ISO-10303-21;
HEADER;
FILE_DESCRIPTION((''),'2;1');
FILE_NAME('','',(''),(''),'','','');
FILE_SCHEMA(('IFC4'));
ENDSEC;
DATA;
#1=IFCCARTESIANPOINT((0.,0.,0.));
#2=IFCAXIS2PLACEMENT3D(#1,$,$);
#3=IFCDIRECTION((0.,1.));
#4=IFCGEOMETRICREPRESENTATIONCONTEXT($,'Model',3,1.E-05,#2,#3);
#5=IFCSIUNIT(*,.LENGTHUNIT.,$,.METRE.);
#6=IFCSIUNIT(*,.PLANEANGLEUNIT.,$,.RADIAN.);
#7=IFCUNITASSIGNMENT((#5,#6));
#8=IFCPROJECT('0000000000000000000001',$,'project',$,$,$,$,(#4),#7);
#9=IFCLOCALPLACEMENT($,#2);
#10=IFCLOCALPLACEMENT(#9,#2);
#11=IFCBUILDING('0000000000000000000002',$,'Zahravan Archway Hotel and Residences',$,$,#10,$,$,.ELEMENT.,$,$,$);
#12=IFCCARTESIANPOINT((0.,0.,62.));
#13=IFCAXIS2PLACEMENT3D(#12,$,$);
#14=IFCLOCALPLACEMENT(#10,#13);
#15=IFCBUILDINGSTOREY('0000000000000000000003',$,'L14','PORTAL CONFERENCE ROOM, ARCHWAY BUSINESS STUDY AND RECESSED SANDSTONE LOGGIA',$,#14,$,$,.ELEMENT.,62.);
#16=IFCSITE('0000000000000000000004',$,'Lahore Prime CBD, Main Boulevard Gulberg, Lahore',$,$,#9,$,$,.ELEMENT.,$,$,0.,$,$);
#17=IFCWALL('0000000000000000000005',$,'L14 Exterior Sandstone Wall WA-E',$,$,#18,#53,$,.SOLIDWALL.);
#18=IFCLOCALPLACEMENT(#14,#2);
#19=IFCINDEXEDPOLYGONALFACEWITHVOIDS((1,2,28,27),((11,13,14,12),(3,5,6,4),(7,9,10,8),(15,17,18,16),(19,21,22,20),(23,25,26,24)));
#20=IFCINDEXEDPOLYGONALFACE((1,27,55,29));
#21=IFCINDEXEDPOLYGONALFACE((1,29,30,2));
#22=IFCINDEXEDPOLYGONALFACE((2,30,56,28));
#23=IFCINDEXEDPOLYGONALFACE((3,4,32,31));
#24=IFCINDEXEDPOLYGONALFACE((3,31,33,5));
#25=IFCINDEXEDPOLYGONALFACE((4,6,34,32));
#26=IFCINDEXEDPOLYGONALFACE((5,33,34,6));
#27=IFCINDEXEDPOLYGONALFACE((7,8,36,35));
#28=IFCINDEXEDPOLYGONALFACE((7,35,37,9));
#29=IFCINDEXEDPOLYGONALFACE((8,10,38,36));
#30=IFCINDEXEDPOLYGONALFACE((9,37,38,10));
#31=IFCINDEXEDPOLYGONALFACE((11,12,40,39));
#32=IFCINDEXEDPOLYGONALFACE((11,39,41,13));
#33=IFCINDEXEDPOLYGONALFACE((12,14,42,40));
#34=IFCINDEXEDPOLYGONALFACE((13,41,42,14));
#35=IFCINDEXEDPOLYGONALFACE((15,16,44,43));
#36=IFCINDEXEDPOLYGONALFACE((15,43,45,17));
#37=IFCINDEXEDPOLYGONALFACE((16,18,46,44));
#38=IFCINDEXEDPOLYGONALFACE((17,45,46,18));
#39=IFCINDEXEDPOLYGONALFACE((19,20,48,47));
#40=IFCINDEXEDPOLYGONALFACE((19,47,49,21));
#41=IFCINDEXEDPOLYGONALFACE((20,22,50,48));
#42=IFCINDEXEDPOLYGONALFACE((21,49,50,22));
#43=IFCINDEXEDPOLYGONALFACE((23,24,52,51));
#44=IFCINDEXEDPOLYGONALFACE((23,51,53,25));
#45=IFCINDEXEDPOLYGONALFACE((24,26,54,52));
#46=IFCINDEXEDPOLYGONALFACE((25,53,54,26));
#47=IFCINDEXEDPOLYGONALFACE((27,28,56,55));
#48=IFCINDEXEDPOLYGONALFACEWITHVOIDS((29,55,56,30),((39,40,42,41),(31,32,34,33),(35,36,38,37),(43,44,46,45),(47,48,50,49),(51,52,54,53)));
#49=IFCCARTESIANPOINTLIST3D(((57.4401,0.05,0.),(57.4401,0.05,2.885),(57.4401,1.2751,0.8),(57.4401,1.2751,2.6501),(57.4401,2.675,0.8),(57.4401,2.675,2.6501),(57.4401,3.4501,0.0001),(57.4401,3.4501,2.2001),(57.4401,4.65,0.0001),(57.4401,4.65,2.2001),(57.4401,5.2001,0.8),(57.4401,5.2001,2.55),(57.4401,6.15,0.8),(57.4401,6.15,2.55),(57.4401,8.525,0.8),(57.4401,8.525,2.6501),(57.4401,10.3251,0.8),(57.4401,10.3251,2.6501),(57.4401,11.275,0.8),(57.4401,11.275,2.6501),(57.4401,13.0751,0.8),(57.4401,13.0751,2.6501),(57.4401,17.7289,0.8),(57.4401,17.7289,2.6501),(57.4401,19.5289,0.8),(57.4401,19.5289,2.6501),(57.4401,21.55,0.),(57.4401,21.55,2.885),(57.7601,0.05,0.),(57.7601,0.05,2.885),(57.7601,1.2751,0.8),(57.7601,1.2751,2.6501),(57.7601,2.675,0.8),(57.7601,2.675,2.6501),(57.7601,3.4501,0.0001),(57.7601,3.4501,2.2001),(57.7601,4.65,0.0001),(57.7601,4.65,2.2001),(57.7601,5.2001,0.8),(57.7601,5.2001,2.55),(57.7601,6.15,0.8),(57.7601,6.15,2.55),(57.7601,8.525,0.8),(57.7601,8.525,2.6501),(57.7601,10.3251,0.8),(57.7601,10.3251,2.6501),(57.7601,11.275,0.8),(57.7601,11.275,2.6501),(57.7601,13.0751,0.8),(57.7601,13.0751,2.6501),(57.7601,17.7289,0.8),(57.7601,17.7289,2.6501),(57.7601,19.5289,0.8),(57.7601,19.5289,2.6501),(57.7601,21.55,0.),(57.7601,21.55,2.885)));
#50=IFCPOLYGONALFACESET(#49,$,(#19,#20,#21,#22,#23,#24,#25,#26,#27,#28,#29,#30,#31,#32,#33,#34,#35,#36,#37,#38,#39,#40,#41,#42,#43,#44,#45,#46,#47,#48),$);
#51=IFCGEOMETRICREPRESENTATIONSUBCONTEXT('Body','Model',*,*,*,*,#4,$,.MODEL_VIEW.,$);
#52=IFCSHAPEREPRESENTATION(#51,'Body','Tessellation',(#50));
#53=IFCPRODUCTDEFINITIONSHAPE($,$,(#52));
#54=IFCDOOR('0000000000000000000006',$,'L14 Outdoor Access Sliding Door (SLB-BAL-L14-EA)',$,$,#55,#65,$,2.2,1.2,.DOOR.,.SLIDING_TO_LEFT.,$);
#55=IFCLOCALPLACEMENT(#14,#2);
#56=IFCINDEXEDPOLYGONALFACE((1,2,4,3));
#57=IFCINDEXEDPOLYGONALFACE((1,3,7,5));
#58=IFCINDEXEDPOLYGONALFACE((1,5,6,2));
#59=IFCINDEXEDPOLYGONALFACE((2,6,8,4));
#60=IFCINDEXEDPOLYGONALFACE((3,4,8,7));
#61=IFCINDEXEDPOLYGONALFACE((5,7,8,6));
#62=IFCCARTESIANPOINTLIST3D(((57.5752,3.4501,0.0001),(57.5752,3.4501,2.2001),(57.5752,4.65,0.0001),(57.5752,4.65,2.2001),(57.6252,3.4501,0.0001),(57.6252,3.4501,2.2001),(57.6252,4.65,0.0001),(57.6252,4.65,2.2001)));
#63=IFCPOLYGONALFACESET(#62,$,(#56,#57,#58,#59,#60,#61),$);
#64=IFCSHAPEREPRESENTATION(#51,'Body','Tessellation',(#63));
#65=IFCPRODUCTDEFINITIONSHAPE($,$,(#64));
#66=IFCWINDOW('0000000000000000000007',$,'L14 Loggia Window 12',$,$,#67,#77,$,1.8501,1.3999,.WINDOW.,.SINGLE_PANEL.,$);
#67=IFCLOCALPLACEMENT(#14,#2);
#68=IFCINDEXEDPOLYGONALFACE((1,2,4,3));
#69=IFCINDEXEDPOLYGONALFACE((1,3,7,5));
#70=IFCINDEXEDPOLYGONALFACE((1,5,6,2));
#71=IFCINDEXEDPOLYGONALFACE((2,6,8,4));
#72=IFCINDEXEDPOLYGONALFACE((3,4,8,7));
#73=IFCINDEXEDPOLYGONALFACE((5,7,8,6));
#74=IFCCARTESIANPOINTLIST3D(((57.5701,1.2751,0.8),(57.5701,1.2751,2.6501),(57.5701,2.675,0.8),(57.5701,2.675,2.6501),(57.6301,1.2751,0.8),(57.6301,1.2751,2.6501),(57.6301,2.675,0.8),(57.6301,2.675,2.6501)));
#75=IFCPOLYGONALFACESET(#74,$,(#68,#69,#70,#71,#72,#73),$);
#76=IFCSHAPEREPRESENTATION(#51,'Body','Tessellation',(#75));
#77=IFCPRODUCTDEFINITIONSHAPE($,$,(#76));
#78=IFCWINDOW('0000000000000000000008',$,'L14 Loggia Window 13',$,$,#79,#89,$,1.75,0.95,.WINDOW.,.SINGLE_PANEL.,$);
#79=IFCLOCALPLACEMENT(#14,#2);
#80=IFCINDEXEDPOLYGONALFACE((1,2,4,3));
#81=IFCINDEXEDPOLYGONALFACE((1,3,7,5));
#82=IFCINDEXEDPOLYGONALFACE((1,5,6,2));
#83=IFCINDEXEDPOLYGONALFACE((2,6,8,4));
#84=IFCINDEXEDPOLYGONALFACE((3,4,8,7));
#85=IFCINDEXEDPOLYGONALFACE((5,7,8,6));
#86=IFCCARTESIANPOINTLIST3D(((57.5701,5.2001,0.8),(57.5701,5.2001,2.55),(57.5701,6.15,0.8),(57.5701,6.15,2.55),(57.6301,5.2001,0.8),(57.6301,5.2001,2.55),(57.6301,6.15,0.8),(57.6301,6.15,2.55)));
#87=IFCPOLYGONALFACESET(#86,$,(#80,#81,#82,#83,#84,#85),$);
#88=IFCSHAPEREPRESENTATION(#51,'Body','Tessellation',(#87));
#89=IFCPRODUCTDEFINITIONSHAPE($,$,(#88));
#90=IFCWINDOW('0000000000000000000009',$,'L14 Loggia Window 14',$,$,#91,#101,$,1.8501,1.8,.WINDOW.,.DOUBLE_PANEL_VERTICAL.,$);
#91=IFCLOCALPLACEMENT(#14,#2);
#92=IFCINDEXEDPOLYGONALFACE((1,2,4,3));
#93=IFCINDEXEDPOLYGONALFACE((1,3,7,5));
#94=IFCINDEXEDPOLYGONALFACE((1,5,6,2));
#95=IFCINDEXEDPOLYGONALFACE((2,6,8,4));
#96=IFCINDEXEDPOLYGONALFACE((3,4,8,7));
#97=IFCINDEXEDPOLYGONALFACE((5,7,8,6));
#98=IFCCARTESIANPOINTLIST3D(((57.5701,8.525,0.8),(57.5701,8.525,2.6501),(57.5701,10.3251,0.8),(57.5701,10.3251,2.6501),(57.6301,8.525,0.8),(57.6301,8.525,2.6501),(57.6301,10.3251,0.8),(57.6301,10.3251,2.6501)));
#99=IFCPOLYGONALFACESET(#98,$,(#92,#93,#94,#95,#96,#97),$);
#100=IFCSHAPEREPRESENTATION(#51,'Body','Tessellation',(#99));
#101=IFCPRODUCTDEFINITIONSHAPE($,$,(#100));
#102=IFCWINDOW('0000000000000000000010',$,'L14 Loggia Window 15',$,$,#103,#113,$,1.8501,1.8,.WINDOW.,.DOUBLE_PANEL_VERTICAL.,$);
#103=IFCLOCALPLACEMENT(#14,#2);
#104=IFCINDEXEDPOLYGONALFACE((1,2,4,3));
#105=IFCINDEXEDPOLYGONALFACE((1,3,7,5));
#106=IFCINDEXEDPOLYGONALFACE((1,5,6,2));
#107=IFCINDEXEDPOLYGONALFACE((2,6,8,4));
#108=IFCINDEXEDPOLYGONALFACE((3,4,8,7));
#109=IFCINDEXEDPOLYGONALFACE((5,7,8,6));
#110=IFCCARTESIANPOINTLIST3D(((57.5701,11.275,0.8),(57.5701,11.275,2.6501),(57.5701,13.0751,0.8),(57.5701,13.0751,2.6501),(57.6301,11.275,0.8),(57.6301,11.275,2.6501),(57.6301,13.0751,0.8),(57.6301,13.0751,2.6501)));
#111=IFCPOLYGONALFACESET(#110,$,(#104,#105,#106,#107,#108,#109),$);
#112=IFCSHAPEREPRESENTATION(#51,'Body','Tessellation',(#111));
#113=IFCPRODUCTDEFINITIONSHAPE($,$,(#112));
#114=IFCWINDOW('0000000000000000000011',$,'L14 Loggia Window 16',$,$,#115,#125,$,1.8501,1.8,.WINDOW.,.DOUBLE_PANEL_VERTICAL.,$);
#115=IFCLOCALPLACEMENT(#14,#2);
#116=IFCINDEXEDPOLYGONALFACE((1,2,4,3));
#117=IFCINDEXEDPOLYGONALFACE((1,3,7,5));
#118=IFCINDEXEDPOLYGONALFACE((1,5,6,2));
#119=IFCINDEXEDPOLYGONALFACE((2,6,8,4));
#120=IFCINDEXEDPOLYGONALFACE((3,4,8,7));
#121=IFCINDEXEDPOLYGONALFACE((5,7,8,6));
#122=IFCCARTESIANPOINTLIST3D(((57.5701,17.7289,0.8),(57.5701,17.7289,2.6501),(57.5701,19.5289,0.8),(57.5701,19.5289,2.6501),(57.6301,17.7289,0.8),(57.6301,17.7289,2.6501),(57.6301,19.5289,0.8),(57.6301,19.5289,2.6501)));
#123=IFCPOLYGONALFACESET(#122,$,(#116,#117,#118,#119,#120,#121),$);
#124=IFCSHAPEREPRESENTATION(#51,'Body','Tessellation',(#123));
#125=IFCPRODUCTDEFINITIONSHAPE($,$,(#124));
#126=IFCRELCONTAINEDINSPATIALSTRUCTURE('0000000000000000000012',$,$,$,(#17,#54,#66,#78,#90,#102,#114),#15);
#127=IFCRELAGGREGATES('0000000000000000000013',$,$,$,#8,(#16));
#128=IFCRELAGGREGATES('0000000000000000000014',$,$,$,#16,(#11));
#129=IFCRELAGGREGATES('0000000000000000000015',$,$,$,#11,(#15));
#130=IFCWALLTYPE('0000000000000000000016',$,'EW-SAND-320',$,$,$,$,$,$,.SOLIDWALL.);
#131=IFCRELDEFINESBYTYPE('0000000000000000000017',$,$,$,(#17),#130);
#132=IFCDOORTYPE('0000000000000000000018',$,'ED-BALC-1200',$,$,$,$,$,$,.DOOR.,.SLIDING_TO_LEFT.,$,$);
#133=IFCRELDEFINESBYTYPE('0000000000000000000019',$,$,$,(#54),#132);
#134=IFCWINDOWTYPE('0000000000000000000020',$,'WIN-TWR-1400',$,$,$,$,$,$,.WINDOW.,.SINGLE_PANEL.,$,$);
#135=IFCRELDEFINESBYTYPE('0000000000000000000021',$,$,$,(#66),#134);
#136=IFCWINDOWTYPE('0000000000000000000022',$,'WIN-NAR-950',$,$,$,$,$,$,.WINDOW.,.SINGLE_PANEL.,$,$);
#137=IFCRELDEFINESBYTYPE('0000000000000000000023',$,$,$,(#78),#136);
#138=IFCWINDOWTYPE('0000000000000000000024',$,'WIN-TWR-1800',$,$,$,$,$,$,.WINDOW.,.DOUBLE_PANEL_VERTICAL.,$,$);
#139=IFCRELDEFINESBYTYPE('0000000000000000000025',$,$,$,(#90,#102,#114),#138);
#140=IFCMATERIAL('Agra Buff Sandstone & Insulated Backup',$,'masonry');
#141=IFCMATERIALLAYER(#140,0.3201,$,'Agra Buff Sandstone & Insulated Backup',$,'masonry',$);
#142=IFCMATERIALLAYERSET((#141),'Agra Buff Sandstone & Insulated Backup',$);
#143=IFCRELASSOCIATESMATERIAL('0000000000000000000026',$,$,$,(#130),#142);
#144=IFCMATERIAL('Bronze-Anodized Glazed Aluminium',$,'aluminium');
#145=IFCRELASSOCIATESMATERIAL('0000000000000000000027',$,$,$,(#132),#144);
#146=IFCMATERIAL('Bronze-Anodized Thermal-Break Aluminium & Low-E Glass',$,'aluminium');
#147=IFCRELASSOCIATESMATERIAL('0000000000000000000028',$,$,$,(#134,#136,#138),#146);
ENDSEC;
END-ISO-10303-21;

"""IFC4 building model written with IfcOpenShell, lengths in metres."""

from ifc_helpers import new_model, si_unit, direction, frame, frame_2d, origin, place, context, subcontext, project, spatial, rectangle, extrude, source, transform, mapped, material, layer, layer_set, type_object, type_shapes, element, fill, save


model = new_model("IFC4")

# Units and contexts
model_context = context("Model", 3, precision=1e-05, world=origin(), true_north=direction((0.0, 1.0)))
body_context = subcontext(model_context, "Body", "Model", "MODEL_VIEW")
ifc_project = project(units=[si_unit("LENGTHUNIT", "METRE"), si_unit("PLANEANGLEUNIT", "RADIAN")], contexts=[model_context])

# Site, building, storey
site_placement = place(None, origin())
site = spatial("IfcSite", under=ifc_project, at=site_placement, Name="Lahore Prime CBD, Main Boulevard Gulberg, Lahore", CompositionType="ELEMENT", RefElevation=0.0)
building_placement = place(site_placement, origin())
building = spatial("IfcBuilding", under=site, at=building_placement, Name="Zahravan Archway Hotel and Residences", CompositionType="ELEMENT")
storey_placement = place(building_placement, frame((0.0, 0.0, 62.0)))
storey = spatial("IfcBuildingStorey", under=building, at=storey_placement, Name="L14", Description="PORTAL CONFERENCE ROOM, ARCHWAY BUSINESS STUDY AND RECESSED SANDSTONE LOGGIA", CompositionType="ELEMENT", Elevation=62.0)

# Wall, openings, door, windows
ifc_material_1 = material(Name="Agra Buff Sandstone & Insulated Backup", Category="masonry")
ifc_layer_1 = layer(ifc_material_1, 0.3201, Name="Agra Buff Sandstone & Insulated Backup", Category="masonry")
ifc_layer_set_1 = layer_set([ifc_layer_1], Name="Agra Buff Sandstone & Insulated Backup")
wall_type_1 = type_object("IfcWallType", Name="EW-SAND-320", PredefinedType="SOLIDWALL", material=ifc_layer_set_1)
wall_1_placement = place(storey_placement, frame((57.6001, 0.05, 0.0), z_axis=(0.0, 0.0, 1.0), x_axis=(0.0, 1.0, 0.0)))
wall_1 = element("IfcWall", 1, at=wall_1_placement, inside=storey, type_object=wall_type_1, Name="L14 Exterior Sandstone Wall WA-E", PredefinedType="SOLIDWALL", context=body_context, shape_type="SweptSolid", body=[
    extrude(rectangle(XDim=21.5, YDim=0.3201, at=frame_2d((10.75, 0.0))), origin(), (0.0, 0.0, 1.0), 2.885),
])
opening_1_placement = place(wall_1_placement, frame((3.3999, 0.0, 0.0)))
opening_1 = element("IfcOpeningElement", 2, at=opening_1_placement, cuts=wall_1, PredefinedType="OPENING", context=body_context, shape_type="SweptSolid", body=[
    extrude(rectangle(XDim=1.2, YDim=2.2, at=frame_2d((0.6001, 1.1001))), frame((0.0, 0.1699, 0.0), z_axis=(0.0, -1.0, 0.0), x_axis=(1.0, 0.0, 0.0)), (0.0, 0.0, 1.0), 0.3401),
])
opening_2_placement = place(wall_1_placement, frame((1.2251, 0.0, 0.8)))
opening_2 = element("IfcOpeningElement", 3, at=opening_2_placement, cuts=wall_1, PredefinedType="OPENING", context=body_context, shape_type="SweptSolid", body=[
    extrude(rectangle(XDim=1.3999, YDim=1.8501, at=frame_2d((0.7, 0.925))), frame((0.0, 0.1699, 0.0), z_axis=(0.0, -1.0, 0.0), x_axis=(1.0, 0.0, 0.0)), (0.0, 0.0, 1.0), 0.3401),
])
opening_3_placement = place(wall_1_placement, frame((5.1499, 0.0, 0.8)))
opening_3 = element("IfcOpeningElement", 4, at=opening_3_placement, cuts=wall_1, PredefinedType="OPENING", context=body_context, shape_type="SweptSolid", body=[
    extrude(rectangle(XDim=0.95, YDim=1.75, at=frame_2d((0.4751, 0.875))), frame((0.0, 0.1699, 0.0), z_axis=(0.0, -1.0, 0.0), x_axis=(1.0, 0.0, 0.0)), (0.0, 0.0, 1.0), 0.3401),
])
opening_4_placement = place(wall_1_placement, frame((8.4751, 0.0, 0.8)))
opening_4 = element("IfcOpeningElement", 5, at=opening_4_placement, cuts=wall_1, PredefinedType="OPENING", context=body_context, shape_type="SweptSolid", body=[
    extrude(rectangle(XDim=1.8, YDim=1.8501, at=frame_2d((0.8999, 0.925))), frame((0.0, 0.1699, 0.0), z_axis=(0.0, -1.0, 0.0), x_axis=(1.0, 0.0, 0.0)), (0.0, 0.0, 1.0), 0.3401),
])
opening_5_placement = place(wall_1_placement, frame((11.2251, 0.0, 0.8)))
opening_5 = element("IfcOpeningElement", 6, at=opening_5_placement, cuts=wall_1, PredefinedType="OPENING", context=body_context, shape_type="SweptSolid", body=[
    extrude(rectangle(XDim=1.8, YDim=1.8501, at=frame_2d((0.8999, 0.925))), frame((0.0, 0.1699, 0.0), z_axis=(0.0, -1.0, 0.0), x_axis=(1.0, 0.0, 0.0)), (0.0, 0.0, 1.0), 0.3401),
])
opening_6_placement = place(wall_1_placement, frame((17.679, 0.0, 0.8)))
opening_6 = element("IfcOpeningElement", 7, at=opening_6_placement, cuts=wall_1, PredefinedType="OPENING", context=body_context, shape_type="SweptSolid", body=[
    extrude(rectangle(XDim=1.8, YDim=1.8501, at=frame_2d((0.8999, 0.925))), frame((0.0, 0.1699, 0.0), z_axis=(0.0, -1.0, 0.0), x_axis=(1.0, 0.0, 0.0)), (0.0, 0.0, 1.0), 0.3401),
])
ifc_material_2 = material(Name="Bronze-Anodized Glazed Aluminium", Category="aluminium")
door_type_1 = type_object("IfcDoorType", Name="ED-BALC-1200", OperationType="SLIDING_TO_LEFT", PredefinedType="DOOR", material=ifc_material_2)
shared_shape_1 = source(origin(), body_context, "Body", "SweptSolid", [
    extrude(rectangle(XDim=1.2, YDim=2.2, at=frame_2d((0.6001, 1.1001))), frame((0.0, 0.0249, 0.0), z_axis=(0.0, -1.0, 0.0), x_axis=(1.0, 0.0, 0.0)), (0.0, 0.0, 1.0), 0.05),
])
type_shapes(door_type_1, [shared_shape_1])
door_1_placement = place(opening_1_placement, origin())
door_1 = element("IfcDoor", 8, at=door_1_placement, inside=storey, type_object=door_type_1, Name="L14 Outdoor Access Sliding Door (SLB-BAL-L14-EA)", OperationType="SLIDING_TO_LEFT", OverallHeight=2.2, OverallWidth=1.2, PredefinedType="DOOR", context=body_context, shape_type="MappedRepresentation", body=[
    mapped(shared_shape_1, transform((0.0, 0.0, 0.0), scale=1.0)),
])
fill(opening_1, door_1)
ifc_material_3 = material(Name="Bronze-Anodized Thermal-Break Aluminium & Low-E Glass", Category="aluminium")
window_type_1 = type_object("IfcWindowType", Name="WIN-TWR-1400", PartitioningType="SINGLE_PANEL", PredefinedType="WINDOW", material=ifc_material_3)
shared_shape_2 = source(origin(), body_context, "Body", "SweptSolid", [
    extrude(rectangle(XDim=1.3999, YDim=1.8501, at=frame_2d((0.7, 0.925))), frame((0.0, 0.03, 0.0), z_axis=(0.0, -1.0, 0.0), x_axis=(1.0, 0.0, 0.0)), (0.0, 0.0, 1.0), 0.0601),
])
type_shapes(window_type_1, [shared_shape_2])
window_1_placement = place(opening_2_placement, origin())
window_1 = element("IfcWindow", 9, at=window_1_placement, inside=storey, type_object=window_type_1, Name="L14 Loggia Window 12", OverallHeight=1.8501, OverallWidth=1.3999, PartitioningType="SINGLE_PANEL", PredefinedType="WINDOW", context=body_context, shape_type="MappedRepresentation", body=[
    mapped(shared_shape_2, transform((0.0, 0.0, 0.0), scale=1.0)),
])
fill(opening_2, window_1)
window_type_2 = type_object("IfcWindowType", Name="WIN-NAR-950", PartitioningType="SINGLE_PANEL", PredefinedType="WINDOW", material=ifc_material_3)
shared_shape_3 = source(origin(), body_context, "Body", "SweptSolid", [
    extrude(rectangle(XDim=0.95, YDim=1.75, at=frame_2d((0.4751, 0.875))), frame((0.0, 0.03, 0.0), z_axis=(0.0, -1.0, 0.0), x_axis=(1.0, 0.0, 0.0)), (0.0, 0.0, 1.0), 0.0601),
])
type_shapes(window_type_2, [shared_shape_3])
window_2_placement = place(opening_3_placement, origin())
window_2 = element("IfcWindow", 10, at=window_2_placement, inside=storey, type_object=window_type_2, Name="L14 Loggia Window 13", OverallHeight=1.75, OverallWidth=0.95, PartitioningType="SINGLE_PANEL", PredefinedType="WINDOW", context=body_context, shape_type="MappedRepresentation", body=[
    mapped(shared_shape_3, transform((0.0, 0.0, 0.0), scale=1.0)),
])
fill(opening_3, window_2)
window_type_3 = type_object("IfcWindowType", Name="WIN-TWR-1800", PartitioningType="DOUBLE_PANEL_VERTICAL", PredefinedType="WINDOW", material=ifc_material_3)
shared_shape_4 = source(origin(), body_context, "Body", "SweptSolid", [
    extrude(rectangle(XDim=1.8, YDim=1.8501, at=frame_2d((0.8999, 0.925))), frame((0.0, 0.03, 0.0), z_axis=(0.0, -1.0, 0.0), x_axis=(1.0, 0.0, 0.0)), (0.0, 0.0, 1.0), 0.0601),
])
type_shapes(window_type_3, [shared_shape_4])
window_3_placement = place(opening_4_placement, origin())
window_3 = element("IfcWindow", 11, at=window_3_placement, inside=storey, type_object=window_type_3, Name="L14 Loggia Window 14", OverallHeight=1.8501, OverallWidth=1.8, PartitioningType="DOUBLE_PANEL_VERTICAL", PredefinedType="WINDOW", context=body_context, shape_type="MappedRepresentation", body=[
    mapped(shared_shape_4, transform((0.0, 0.0, 0.0), scale=1.0)),
])
fill(opening_4, window_3)
window_4_placement = place(opening_5_placement, origin())
window_4 = element("IfcWindow", 12, at=window_4_placement, inside=storey, type_object=window_type_3, Name="L14 Loggia Window 15", OverallHeight=1.8501, OverallWidth=1.8, PartitioningType="DOUBLE_PANEL_VERTICAL", PredefinedType="WINDOW", context=body_context, shape_type="MappedRepresentation", body=[
    mapped(shared_shape_4, transform((0.0, 0.0, 0.0), scale=1.0)),
])
fill(opening_5, window_4)
window_5_placement = place(opening_6_placement, origin())
window_5 = element("IfcWindow", 13, at=window_5_placement, inside=storey, type_object=window_type_3, Name="L14 Loggia Window 16", OverallHeight=1.8501, OverallWidth=1.8, PartitioningType="DOUBLE_PANEL_VERTICAL", PredefinedType="WINDOW", context=body_context, shape_type="MappedRepresentation", body=[
    mapped(shared_shape_4, transform((0.0, 0.0, 0.0), scale=1.0)),
])
fill(opening_6, window_5)

save(model, "model.ifc")
